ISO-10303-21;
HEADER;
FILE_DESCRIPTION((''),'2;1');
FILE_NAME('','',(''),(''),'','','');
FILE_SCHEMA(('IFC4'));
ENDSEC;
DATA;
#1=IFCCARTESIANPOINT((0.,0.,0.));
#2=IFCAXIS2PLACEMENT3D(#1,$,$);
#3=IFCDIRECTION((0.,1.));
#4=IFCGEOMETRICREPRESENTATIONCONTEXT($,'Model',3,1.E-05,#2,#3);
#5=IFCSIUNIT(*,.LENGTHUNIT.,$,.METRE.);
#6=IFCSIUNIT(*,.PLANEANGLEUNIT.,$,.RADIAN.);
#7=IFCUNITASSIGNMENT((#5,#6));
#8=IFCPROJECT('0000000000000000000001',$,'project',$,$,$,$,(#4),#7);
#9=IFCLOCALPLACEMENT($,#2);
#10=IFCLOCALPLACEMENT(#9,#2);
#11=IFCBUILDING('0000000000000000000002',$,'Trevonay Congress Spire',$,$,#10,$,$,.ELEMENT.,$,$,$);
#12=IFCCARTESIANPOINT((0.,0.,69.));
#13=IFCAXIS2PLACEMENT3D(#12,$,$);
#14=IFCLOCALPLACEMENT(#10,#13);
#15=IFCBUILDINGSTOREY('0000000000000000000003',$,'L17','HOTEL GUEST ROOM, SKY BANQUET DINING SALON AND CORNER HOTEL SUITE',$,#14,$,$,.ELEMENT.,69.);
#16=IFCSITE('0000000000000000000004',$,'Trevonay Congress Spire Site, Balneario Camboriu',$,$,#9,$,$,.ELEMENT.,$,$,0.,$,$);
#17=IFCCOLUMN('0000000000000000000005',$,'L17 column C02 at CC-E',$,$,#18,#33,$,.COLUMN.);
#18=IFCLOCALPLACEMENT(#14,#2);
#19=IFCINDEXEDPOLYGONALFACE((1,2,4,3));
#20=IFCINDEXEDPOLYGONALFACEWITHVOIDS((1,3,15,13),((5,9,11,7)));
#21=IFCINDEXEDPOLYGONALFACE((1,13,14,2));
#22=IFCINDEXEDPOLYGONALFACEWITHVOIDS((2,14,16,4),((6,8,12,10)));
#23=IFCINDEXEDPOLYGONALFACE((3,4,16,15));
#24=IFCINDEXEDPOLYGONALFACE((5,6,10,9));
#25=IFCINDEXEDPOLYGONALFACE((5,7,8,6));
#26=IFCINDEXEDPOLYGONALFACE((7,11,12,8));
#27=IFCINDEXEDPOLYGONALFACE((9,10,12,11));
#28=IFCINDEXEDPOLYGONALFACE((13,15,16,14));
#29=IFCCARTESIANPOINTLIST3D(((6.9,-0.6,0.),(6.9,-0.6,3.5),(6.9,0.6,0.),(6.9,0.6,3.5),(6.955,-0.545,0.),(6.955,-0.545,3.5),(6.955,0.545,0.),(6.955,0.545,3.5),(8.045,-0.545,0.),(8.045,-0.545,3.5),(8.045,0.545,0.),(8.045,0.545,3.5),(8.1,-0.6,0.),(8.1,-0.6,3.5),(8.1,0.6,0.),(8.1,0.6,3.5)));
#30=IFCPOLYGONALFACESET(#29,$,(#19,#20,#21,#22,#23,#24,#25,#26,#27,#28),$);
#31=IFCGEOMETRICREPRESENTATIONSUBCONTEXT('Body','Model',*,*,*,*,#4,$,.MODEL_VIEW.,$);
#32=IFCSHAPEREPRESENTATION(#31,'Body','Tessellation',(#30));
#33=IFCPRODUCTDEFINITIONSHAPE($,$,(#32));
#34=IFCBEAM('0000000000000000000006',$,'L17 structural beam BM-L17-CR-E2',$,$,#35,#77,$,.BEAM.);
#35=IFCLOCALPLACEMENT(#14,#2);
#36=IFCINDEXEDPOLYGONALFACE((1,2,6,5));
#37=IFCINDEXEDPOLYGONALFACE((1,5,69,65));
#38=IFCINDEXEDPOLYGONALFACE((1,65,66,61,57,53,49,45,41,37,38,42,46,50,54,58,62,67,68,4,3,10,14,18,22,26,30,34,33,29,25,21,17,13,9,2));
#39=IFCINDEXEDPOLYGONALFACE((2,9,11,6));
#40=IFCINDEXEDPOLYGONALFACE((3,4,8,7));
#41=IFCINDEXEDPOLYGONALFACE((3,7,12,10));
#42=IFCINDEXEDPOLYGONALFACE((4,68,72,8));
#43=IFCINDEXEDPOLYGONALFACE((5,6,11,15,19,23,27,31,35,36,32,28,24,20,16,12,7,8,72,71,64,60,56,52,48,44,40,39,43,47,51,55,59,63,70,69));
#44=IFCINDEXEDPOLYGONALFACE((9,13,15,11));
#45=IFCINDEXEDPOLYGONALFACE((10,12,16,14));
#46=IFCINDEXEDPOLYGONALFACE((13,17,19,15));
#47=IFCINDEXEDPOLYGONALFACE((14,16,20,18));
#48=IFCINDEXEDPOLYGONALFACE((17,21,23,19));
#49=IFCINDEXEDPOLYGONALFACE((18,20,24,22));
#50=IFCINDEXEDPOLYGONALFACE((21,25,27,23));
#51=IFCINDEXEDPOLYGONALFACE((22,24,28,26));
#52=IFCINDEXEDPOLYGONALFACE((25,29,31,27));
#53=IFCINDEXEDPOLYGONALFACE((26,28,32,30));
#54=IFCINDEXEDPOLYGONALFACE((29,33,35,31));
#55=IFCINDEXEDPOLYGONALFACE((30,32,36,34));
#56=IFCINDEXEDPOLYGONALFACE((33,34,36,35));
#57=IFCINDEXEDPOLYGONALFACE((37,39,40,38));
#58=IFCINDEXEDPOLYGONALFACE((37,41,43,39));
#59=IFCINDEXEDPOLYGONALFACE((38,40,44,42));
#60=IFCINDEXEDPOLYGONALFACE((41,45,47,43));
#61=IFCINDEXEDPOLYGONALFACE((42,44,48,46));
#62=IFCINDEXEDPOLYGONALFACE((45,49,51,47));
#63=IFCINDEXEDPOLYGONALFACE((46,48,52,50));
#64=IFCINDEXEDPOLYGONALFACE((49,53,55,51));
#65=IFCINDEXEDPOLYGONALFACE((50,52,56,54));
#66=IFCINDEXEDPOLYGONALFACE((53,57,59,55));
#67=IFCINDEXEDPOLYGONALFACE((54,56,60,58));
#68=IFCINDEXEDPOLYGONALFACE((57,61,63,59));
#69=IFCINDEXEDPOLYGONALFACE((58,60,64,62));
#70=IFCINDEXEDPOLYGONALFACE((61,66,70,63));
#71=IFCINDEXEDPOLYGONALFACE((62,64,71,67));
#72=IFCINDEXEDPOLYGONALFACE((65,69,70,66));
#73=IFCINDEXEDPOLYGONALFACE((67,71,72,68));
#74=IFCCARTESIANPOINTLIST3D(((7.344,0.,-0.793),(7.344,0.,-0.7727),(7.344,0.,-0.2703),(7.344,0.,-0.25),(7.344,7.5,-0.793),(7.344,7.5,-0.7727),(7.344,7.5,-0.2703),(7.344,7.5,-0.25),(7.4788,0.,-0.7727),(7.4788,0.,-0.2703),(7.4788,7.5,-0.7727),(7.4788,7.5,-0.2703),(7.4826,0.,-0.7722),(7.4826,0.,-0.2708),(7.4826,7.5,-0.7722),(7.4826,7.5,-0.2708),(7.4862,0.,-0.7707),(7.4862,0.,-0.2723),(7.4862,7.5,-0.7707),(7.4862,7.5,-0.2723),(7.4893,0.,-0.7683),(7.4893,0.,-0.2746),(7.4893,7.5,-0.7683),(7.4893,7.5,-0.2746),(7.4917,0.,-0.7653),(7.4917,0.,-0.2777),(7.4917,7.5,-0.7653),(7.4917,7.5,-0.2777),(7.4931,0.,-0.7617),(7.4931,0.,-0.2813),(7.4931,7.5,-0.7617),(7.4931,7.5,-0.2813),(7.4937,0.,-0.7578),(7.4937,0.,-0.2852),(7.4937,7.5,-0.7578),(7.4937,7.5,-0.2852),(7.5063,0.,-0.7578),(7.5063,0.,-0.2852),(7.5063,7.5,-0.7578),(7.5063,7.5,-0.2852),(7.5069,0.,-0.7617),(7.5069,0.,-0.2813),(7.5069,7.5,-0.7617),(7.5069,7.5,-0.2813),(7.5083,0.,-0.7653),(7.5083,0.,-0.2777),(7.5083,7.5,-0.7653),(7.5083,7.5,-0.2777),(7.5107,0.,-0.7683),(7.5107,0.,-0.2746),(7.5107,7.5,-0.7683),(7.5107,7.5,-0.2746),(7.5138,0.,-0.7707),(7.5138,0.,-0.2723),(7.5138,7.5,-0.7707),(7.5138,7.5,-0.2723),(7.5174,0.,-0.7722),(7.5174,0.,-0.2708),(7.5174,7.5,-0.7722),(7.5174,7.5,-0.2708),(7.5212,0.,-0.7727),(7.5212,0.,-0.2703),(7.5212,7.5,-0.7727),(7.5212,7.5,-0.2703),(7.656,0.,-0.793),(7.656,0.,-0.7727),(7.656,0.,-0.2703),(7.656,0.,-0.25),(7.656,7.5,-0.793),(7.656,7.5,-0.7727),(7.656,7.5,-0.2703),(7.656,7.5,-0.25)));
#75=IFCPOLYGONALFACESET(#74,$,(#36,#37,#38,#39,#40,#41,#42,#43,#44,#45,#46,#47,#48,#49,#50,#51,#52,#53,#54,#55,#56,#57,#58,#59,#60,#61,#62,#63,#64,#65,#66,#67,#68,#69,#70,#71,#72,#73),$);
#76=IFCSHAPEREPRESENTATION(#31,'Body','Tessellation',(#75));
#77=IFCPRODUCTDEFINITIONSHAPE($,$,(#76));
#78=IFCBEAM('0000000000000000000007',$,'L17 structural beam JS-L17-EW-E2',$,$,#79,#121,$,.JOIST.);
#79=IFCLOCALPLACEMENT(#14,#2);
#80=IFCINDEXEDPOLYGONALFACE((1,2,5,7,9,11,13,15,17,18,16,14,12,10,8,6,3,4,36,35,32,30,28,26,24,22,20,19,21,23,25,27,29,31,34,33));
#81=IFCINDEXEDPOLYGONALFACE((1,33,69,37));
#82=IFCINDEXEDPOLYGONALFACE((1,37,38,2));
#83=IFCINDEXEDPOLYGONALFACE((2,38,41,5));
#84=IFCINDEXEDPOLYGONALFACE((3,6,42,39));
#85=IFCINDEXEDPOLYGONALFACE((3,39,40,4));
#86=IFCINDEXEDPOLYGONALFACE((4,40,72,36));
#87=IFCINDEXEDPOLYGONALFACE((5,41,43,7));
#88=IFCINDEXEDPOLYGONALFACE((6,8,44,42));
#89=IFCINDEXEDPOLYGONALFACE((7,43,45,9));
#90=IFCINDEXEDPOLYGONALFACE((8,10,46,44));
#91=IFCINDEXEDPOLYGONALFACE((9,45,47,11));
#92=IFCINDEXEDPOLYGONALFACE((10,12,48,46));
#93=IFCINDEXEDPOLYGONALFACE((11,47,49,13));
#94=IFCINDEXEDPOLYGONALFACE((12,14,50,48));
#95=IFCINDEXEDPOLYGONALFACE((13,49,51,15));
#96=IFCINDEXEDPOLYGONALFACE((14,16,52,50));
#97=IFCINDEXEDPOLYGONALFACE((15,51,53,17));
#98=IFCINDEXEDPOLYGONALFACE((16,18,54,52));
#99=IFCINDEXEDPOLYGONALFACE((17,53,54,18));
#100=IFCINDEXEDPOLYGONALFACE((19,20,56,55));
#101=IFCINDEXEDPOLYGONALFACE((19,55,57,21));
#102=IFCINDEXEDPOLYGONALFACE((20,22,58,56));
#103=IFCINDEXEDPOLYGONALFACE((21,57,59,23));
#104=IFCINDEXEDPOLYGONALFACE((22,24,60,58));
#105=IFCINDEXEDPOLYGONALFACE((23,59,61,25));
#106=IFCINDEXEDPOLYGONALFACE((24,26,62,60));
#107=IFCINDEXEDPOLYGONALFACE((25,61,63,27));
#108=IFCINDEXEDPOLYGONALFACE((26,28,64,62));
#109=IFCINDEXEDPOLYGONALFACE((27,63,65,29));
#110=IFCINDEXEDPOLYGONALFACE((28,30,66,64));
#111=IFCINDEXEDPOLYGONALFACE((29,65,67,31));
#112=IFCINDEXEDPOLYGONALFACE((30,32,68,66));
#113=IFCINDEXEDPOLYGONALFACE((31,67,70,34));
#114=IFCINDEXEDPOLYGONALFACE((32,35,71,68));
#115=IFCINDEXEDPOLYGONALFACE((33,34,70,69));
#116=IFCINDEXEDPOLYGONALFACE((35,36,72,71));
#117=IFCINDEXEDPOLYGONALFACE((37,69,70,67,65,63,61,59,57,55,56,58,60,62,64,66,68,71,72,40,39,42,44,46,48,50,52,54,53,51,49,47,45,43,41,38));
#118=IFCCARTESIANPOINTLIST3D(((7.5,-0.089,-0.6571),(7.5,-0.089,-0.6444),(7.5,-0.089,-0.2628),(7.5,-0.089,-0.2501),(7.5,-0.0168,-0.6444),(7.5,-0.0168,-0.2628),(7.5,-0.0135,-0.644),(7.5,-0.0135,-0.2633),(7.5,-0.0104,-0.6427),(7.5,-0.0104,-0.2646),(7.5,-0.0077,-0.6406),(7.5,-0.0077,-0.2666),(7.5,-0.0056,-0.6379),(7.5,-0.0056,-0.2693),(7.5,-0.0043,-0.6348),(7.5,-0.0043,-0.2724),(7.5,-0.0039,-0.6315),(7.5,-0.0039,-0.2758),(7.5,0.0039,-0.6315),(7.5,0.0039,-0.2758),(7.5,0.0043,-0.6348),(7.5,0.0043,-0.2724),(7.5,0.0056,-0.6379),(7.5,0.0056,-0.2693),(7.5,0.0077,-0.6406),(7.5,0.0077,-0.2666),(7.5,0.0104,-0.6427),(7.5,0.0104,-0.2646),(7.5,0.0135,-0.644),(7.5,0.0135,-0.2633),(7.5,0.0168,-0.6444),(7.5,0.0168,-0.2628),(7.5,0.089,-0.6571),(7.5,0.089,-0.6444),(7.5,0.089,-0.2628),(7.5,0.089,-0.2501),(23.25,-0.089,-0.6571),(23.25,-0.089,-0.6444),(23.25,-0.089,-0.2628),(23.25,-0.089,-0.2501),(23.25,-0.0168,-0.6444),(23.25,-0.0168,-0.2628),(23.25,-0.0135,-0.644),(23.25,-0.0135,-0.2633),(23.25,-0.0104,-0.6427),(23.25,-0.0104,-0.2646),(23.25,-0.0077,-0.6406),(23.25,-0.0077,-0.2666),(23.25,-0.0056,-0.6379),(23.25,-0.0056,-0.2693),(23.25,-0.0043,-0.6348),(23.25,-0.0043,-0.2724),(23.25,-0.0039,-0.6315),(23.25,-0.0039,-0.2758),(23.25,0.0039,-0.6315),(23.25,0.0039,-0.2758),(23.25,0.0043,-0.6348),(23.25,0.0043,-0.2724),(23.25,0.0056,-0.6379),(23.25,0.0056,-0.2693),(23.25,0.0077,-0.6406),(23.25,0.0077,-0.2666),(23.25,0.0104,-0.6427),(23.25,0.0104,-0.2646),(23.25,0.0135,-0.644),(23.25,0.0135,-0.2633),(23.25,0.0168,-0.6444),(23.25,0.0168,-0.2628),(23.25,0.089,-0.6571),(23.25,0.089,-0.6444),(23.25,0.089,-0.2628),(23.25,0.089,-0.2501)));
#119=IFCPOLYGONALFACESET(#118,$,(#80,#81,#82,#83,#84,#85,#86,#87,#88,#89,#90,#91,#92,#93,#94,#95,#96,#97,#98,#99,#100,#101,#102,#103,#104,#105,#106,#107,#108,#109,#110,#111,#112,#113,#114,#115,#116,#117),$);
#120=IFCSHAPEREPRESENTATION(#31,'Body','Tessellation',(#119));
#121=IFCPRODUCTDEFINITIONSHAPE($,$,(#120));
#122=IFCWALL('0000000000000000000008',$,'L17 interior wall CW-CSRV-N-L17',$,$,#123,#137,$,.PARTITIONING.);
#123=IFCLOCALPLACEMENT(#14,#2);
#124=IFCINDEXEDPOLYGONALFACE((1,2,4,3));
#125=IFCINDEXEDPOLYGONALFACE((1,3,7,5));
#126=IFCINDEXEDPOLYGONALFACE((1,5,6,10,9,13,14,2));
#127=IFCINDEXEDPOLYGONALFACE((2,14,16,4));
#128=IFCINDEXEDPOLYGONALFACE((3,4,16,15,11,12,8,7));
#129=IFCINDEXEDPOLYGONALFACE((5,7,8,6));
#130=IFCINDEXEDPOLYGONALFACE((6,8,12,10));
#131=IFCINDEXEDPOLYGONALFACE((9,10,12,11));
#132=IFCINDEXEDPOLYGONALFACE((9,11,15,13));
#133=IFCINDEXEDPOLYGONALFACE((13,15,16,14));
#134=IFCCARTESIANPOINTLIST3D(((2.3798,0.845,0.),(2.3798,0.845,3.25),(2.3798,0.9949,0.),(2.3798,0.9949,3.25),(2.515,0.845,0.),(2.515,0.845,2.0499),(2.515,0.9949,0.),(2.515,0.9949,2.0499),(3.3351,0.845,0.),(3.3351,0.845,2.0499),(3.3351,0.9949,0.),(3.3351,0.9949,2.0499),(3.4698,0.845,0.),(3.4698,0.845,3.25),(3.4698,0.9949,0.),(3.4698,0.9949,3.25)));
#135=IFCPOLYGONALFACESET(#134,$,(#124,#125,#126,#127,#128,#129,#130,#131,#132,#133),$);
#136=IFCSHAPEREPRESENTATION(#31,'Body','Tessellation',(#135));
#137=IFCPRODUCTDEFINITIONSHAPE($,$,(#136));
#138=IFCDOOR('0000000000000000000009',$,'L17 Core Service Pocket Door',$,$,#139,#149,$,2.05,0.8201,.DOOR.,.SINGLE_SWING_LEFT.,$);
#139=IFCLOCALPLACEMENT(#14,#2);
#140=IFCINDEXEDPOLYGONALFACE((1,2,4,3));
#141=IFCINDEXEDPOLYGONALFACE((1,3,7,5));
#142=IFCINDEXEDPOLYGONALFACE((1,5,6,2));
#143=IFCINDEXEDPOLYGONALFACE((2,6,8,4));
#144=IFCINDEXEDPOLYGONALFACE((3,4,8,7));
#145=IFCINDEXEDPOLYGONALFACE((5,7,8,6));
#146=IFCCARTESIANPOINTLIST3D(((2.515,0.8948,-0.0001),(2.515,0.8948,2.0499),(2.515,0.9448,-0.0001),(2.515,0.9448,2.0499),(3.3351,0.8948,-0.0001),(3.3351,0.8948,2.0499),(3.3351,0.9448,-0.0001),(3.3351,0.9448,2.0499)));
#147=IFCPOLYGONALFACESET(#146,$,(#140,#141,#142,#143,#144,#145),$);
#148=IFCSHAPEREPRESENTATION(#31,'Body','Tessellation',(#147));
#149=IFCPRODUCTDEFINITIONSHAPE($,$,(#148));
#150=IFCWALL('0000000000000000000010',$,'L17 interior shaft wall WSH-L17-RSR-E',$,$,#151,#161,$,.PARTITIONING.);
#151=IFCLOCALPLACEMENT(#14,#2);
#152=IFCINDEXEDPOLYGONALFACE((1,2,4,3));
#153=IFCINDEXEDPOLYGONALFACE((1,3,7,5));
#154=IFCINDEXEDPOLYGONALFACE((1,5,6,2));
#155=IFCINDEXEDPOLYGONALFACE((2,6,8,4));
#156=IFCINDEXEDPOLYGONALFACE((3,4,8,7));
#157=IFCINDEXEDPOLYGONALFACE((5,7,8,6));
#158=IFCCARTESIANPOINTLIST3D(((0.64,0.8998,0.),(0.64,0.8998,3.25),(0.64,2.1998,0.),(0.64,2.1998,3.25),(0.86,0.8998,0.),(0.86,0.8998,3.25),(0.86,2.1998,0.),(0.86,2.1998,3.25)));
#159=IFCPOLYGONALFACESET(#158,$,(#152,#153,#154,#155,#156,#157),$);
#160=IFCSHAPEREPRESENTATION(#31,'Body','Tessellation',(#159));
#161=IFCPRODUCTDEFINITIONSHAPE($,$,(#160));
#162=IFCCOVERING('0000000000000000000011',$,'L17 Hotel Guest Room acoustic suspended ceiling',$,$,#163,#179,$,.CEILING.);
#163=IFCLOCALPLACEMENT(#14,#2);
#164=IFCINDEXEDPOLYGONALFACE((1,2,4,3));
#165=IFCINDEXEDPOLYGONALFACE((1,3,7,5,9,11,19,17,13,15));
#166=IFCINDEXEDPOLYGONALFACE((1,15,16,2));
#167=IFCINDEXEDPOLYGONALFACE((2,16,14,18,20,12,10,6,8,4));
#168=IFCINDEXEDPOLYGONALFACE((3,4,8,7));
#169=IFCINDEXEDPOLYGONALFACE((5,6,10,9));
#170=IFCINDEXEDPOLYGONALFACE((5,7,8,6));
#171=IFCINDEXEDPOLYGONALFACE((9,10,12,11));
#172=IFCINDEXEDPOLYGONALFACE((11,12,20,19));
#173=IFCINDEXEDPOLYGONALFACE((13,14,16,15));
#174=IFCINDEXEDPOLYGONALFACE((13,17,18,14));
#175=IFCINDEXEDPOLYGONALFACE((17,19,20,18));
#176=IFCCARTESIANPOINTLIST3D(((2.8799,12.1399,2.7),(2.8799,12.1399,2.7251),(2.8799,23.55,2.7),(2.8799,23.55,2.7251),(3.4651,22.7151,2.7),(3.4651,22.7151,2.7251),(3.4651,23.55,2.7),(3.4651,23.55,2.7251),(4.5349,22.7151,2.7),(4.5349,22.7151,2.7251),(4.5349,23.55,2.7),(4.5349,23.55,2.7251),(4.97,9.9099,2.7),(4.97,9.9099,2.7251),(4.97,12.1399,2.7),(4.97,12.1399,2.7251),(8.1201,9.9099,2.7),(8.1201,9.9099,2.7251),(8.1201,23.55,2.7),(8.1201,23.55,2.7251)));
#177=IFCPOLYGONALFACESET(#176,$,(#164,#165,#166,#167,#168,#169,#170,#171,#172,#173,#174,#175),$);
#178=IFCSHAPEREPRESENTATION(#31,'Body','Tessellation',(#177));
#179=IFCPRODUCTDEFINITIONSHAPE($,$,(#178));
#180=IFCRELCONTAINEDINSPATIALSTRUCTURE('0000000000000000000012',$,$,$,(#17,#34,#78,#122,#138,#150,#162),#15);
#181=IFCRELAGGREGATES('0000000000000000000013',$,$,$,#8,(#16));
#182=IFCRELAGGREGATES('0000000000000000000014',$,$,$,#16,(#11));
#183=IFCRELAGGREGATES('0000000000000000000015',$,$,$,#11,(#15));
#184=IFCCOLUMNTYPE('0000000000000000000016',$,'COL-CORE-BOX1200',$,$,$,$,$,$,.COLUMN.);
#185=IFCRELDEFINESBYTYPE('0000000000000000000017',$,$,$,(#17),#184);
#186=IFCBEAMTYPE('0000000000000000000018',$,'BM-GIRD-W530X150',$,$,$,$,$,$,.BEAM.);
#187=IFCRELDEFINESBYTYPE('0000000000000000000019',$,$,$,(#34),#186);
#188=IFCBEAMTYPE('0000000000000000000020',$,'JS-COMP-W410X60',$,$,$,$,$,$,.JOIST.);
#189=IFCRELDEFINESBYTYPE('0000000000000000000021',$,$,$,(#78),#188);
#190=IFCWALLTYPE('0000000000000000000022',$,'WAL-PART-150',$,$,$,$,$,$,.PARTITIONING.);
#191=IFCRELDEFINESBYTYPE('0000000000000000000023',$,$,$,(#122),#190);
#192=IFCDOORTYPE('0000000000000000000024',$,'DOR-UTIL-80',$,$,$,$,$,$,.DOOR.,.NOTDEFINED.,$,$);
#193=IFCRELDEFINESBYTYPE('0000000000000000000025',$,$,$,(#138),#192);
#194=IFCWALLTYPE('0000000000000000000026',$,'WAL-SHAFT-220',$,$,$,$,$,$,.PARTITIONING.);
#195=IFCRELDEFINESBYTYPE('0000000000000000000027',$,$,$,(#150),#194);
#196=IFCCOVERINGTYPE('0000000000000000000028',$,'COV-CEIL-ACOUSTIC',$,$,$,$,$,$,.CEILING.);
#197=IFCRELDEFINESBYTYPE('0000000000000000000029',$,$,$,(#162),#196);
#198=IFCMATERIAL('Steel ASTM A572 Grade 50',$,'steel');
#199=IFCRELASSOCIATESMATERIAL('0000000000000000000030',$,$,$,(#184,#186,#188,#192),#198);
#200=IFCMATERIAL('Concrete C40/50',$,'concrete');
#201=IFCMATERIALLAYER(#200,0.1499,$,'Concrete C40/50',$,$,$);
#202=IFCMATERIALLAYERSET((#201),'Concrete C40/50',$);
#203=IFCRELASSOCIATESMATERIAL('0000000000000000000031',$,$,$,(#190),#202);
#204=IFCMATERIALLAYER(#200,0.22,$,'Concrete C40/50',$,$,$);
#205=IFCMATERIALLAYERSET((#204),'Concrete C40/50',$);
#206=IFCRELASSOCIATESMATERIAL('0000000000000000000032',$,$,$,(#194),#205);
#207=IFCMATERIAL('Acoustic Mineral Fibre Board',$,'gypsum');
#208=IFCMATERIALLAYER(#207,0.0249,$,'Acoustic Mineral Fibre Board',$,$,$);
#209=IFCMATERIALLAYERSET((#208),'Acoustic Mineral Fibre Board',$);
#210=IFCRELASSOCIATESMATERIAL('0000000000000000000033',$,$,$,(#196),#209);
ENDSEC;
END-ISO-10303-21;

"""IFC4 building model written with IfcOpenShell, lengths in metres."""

from ifc_helpers import new_model, si_unit, direction, frame, frame_2d, origin, origin_2d, place, context, subcontext, project, spatial, polyline, rectangle, hollow_rectangle, i_section, outline, extrude, material, layer, layer_set, material_profile, profile_set, type_object, element, fill, save


model = new_model("IFC4")

# Units and contexts
model_context = context("Model", 3, precision=1e-05, world=origin(), true_north=direction((0.0, 1.0)))
body_context = subcontext(model_context, "Body", "Model", "MODEL_VIEW")
ifc_project = project(units=[si_unit("LENGTHUNIT", "METRE"), si_unit("PLANEANGLEUNIT", "RADIAN")], contexts=[model_context])

# Site, building, storey
site_placement = place(None, origin())
site = spatial("IfcSite", under=ifc_project, at=site_placement, Name="Trevonay Congress Spire Site, Balneario Camboriu", CompositionType="ELEMENT", RefElevation=0.0)
building_placement = place(site_placement, origin())
building = spatial("IfcBuilding", under=site, at=building_placement, Name="Trevonay Congress Spire", CompositionType="ELEMENT")
storey_placement = place(building_placement, frame((0.0, 0.0, 69.0)))
storey = spatial("IfcBuildingStorey", under=building, at=storey_placement, Name="L17", Description="HOTEL GUEST ROOM, SKY BANQUET DINING SALON AND CORNER HOTEL SUITE", CompositionType="ELEMENT", Elevation=69.0)

# Column
ifc_material_1 = material(Name="Steel ASTM A572 Grade 50", Category="steel")
ifc_material_profile_1 = material_profile(ifc_material_1, hollow_rectangle(XDim=1.2, YDim=1.2, WallThickness=0.0549, at=origin_2d()), Name="BOX 1200x1200x55")
ifc_profile_set_1 = profile_set([ifc_material_profile_1], Name="Steel ASTM A572 Grade 50")
column_type = type_object("IfcColumnType", Name="COL-CORE-BOX1200", PredefinedType="COLUMN", material=ifc_profile_set_1)
column_placement = place(storey_placement, frame((7.5, 0.0, 0.0), z_axis=(0.0, 0.0, 1.0), x_axis=(1.0, 0.0, 0.0)))
element("IfcColumn", 1, at=column_placement, inside=storey, type_object=column_type, Name="L17 column C02 at CC-E", PredefinedType="COLUMN", context=body_context, shape_type="SweptSolid", body=[
    extrude(hollow_rectangle(XDim=1.2, YDim=1.2, WallThickness=0.0549, at=origin_2d()), origin(), (0.0, 0.0, 1.0), 3.5),
])

# Beams
ifc_material_profile_2 = material_profile(ifc_material_1, i_section(OverallWidth=0.312, OverallDepth=0.543, WebThickness=0.0127, FlangeThickness=0.0203, FilletRadius=0.0149, at=origin_2d()), Name="W530x150")
ifc_profile_set_2 = profile_set([ifc_material_profile_2], Name="Steel ASTM A572 Grade 50")
beam_type_1 = type_object("IfcBeamType", Name="BM-GIRD-W530X150", PredefinedType="BEAM", material=ifc_profile_set_2)
beam_1_placement = place(storey_placement, frame((7.5, 0.0, -0.5215), z_axis=(0.0, 1.0, 0.0), x_axis=(-1.0, 0.0, 0.0)))
element("IfcBeam", 2, at=beam_1_placement, inside=storey, type_object=beam_type_1, Name="L17 structural beam BM-L17-CR-E2", PredefinedType="BEAM", context=body_context, shape_type="SweptSolid", body=[
    extrude(i_section(OverallWidth=0.312, OverallDepth=0.543, WebThickness=0.0127, FlangeThickness=0.0203, FilletRadius=0.0149, at=origin_2d()), origin(), (0.0, 0.0, 1.0), 7.5),
])
ifc_material_profile_3 = material_profile(ifc_material_1, i_section(OverallWidth=0.178, OverallDepth=0.407, WebThickness=0.0078, FlangeThickness=0.0127, FilletRadius=0.0129, at=origin_2d()), Name="W410x60")
ifc_profile_set_3 = profile_set([ifc_material_profile_3], Name="Steel ASTM A572 Grade 50")
beam_type_2 = type_object("IfcBeamType", Name="JS-COMP-W410X60", PredefinedType="JOIST", material=ifc_profile_set_3)
beam_2_placement = place(storey_placement, frame((7.5, 0.0, -0.4536), z_axis=(1.0, 0.0, 0.0), x_axis=(0.0, 1.0, 0.0)))
element("IfcBeam", 3, at=beam_2_placement, inside=storey, type_object=beam_type_2, Name="L17 structural beam JS-L17-EW-E2", PredefinedType="JOIST", context=body_context, shape_type="SweptSolid", body=[
    extrude(i_section(OverallWidth=0.178, OverallDepth=0.407, WebThickness=0.0078, FlangeThickness=0.0127, FilletRadius=0.0129, at=origin_2d()), origin(), (0.0, 0.0, 1.0), 15.75),
])

# Wall, opening, door
ifc_material_2 = material(Name="Concrete C40/50", Category="concrete")
ifc_layer_1 = layer(ifc_material_2, 0.1499, Name="Concrete C40/50")
ifc_layer_set_1 = layer_set([ifc_layer_1], Name="Concrete C40/50")
wall_type_1 = type_object("IfcWallType", Name="WAL-PART-150", PredefinedType="PARTITIONING", material=ifc_layer_set_1)
wall_1_placement = place(storey_placement, frame((2.3799, 0.9199, 0.0), z_axis=(0.0, 0.0, 1.0), x_axis=(1.0, 0.0, 0.0)))
wall_1 = element("IfcWall", 4, at=wall_1_placement, inside=storey, type_object=wall_type_1, Name="L17 interior wall CW-CSRV-N-L17", PredefinedType="PARTITIONING", context=body_context, shape_type="SweptSolid", body=[
    extrude(rectangle(XDim=1.0901, YDim=0.1499, at=frame_2d((0.5449, 0.0))), origin(), (0.0, 0.0, 1.0), 3.25),
])
opening_placement = place(wall_1_placement, frame((0.135, 0.0, 0.0)))
opening = element("IfcOpeningElement", 5, at=opening_placement, cuts=wall_1, PredefinedType="OPENING", context=body_context, shape_type="SweptSolid", body=[
    extrude(rectangle(XDim=0.8201, YDim=2.05, at=frame_2d((0.4102, 1.0249))), frame((0.0, 0.085, 0.0), z_axis=(0.0, -1.0, 0.0), x_axis=(1.0, 0.0, 0.0)), (0.0, 0.0, 1.0), 0.1699),
])
door_type = type_object("IfcDoorType", Name="DOR-UTIL-80", OperationType="NOTDEFINED", PredefinedType="DOOR", material=ifc_material_1)
door_placement = place(opening_placement, origin())
door = element("IfcDoor", 6, at=door_placement, inside=storey, type_object=door_type, Name="L17 Core Service Pocket Door", OperationType="SINGLE_SWING_LEFT", OverallHeight=2.05, OverallWidth=0.8201, PredefinedType="DOOR", context=body_context, shape_type="SweptSolid", body=[
    extrude(rectangle(XDim=0.8201, YDim=2.05, at=frame_2d((0.4102, 1.0249))), frame((0.0, 0.0249, 0.0), z_axis=(0.0, -1.0, 0.0), x_axis=(1.0, 0.0, 0.0)), (0.0, 0.0, 1.0), 0.05),
])
fill(opening, door)

# Wall
ifc_layer_2 = layer(ifc_material_2, 0.22, Name="Concrete C40/50")
ifc_layer_set_2 = layer_set([ifc_layer_2], Name="Concrete C40/50")
wall_type_2 = type_object("IfcWallType", Name="WAL-SHAFT-220", PredefinedType="PARTITIONING", material=ifc_layer_set_2)
wall_2_placement = place(storey_placement, frame((0.75, 0.8999, 0.0), z_axis=(0.0, 0.0, 1.0), x_axis=(0.0, 1.0, 0.0)))
element("IfcWall", 7, at=wall_2_placement, inside=storey, type_object=wall_type_2, Name="L17 interior shaft wall WSH-L17-RSR-E", PredefinedType="PARTITIONING", context=body_context, shape_type="SweptSolid", body=[
    extrude(rectangle(XDim=1.3, YDim=0.22, at=frame_2d((0.6499, 0.0))), origin(), (0.0, 0.0, 1.0), 3.25),
])

# Covering
ifc_material_3 = material(Name="Acoustic Mineral Fibre Board", Category="gypsum")
ifc_layer_3 = layer(ifc_material_3, 0.0249, Name="Acoustic Mineral Fibre Board")
ifc_layer_set_3 = layer_set([ifc_layer_3], Name="Acoustic Mineral Fibre Board")
covering_type_1 = type_object("IfcCoveringType", Name="COV-CEIL-ACOUSTIC", PredefinedType="CEILING", material=ifc_layer_set_3)
covering_1_placement = place(storey_placement, frame((0.0, 0.0, 2.7)))
element("IfcCovering", 8, at=covering_1_placement, inside=storey, type_object=covering_type_1, Name="L17 Hotel Guest Room acoustic suspended ceiling", PredefinedType="CEILING", context=body_context, shape_type="SweptSolid", body=[
    extrude(outline(polyline([(8.1201, 23.55), (8.1201, 9.9099), (4.97, 9.9099), (4.97, 12.1399), (2.8799, 12.1399), (2.8799, 23.55), (3.4651, 23.55), (3.4651, 22.7151), (4.5349, 22.7151), (4.5349, 23.55), (8.1201, 23.55)])), origin(), (0.0, 0.0, 1.0), 0.0251),
])

save(model, "model.ifc")
